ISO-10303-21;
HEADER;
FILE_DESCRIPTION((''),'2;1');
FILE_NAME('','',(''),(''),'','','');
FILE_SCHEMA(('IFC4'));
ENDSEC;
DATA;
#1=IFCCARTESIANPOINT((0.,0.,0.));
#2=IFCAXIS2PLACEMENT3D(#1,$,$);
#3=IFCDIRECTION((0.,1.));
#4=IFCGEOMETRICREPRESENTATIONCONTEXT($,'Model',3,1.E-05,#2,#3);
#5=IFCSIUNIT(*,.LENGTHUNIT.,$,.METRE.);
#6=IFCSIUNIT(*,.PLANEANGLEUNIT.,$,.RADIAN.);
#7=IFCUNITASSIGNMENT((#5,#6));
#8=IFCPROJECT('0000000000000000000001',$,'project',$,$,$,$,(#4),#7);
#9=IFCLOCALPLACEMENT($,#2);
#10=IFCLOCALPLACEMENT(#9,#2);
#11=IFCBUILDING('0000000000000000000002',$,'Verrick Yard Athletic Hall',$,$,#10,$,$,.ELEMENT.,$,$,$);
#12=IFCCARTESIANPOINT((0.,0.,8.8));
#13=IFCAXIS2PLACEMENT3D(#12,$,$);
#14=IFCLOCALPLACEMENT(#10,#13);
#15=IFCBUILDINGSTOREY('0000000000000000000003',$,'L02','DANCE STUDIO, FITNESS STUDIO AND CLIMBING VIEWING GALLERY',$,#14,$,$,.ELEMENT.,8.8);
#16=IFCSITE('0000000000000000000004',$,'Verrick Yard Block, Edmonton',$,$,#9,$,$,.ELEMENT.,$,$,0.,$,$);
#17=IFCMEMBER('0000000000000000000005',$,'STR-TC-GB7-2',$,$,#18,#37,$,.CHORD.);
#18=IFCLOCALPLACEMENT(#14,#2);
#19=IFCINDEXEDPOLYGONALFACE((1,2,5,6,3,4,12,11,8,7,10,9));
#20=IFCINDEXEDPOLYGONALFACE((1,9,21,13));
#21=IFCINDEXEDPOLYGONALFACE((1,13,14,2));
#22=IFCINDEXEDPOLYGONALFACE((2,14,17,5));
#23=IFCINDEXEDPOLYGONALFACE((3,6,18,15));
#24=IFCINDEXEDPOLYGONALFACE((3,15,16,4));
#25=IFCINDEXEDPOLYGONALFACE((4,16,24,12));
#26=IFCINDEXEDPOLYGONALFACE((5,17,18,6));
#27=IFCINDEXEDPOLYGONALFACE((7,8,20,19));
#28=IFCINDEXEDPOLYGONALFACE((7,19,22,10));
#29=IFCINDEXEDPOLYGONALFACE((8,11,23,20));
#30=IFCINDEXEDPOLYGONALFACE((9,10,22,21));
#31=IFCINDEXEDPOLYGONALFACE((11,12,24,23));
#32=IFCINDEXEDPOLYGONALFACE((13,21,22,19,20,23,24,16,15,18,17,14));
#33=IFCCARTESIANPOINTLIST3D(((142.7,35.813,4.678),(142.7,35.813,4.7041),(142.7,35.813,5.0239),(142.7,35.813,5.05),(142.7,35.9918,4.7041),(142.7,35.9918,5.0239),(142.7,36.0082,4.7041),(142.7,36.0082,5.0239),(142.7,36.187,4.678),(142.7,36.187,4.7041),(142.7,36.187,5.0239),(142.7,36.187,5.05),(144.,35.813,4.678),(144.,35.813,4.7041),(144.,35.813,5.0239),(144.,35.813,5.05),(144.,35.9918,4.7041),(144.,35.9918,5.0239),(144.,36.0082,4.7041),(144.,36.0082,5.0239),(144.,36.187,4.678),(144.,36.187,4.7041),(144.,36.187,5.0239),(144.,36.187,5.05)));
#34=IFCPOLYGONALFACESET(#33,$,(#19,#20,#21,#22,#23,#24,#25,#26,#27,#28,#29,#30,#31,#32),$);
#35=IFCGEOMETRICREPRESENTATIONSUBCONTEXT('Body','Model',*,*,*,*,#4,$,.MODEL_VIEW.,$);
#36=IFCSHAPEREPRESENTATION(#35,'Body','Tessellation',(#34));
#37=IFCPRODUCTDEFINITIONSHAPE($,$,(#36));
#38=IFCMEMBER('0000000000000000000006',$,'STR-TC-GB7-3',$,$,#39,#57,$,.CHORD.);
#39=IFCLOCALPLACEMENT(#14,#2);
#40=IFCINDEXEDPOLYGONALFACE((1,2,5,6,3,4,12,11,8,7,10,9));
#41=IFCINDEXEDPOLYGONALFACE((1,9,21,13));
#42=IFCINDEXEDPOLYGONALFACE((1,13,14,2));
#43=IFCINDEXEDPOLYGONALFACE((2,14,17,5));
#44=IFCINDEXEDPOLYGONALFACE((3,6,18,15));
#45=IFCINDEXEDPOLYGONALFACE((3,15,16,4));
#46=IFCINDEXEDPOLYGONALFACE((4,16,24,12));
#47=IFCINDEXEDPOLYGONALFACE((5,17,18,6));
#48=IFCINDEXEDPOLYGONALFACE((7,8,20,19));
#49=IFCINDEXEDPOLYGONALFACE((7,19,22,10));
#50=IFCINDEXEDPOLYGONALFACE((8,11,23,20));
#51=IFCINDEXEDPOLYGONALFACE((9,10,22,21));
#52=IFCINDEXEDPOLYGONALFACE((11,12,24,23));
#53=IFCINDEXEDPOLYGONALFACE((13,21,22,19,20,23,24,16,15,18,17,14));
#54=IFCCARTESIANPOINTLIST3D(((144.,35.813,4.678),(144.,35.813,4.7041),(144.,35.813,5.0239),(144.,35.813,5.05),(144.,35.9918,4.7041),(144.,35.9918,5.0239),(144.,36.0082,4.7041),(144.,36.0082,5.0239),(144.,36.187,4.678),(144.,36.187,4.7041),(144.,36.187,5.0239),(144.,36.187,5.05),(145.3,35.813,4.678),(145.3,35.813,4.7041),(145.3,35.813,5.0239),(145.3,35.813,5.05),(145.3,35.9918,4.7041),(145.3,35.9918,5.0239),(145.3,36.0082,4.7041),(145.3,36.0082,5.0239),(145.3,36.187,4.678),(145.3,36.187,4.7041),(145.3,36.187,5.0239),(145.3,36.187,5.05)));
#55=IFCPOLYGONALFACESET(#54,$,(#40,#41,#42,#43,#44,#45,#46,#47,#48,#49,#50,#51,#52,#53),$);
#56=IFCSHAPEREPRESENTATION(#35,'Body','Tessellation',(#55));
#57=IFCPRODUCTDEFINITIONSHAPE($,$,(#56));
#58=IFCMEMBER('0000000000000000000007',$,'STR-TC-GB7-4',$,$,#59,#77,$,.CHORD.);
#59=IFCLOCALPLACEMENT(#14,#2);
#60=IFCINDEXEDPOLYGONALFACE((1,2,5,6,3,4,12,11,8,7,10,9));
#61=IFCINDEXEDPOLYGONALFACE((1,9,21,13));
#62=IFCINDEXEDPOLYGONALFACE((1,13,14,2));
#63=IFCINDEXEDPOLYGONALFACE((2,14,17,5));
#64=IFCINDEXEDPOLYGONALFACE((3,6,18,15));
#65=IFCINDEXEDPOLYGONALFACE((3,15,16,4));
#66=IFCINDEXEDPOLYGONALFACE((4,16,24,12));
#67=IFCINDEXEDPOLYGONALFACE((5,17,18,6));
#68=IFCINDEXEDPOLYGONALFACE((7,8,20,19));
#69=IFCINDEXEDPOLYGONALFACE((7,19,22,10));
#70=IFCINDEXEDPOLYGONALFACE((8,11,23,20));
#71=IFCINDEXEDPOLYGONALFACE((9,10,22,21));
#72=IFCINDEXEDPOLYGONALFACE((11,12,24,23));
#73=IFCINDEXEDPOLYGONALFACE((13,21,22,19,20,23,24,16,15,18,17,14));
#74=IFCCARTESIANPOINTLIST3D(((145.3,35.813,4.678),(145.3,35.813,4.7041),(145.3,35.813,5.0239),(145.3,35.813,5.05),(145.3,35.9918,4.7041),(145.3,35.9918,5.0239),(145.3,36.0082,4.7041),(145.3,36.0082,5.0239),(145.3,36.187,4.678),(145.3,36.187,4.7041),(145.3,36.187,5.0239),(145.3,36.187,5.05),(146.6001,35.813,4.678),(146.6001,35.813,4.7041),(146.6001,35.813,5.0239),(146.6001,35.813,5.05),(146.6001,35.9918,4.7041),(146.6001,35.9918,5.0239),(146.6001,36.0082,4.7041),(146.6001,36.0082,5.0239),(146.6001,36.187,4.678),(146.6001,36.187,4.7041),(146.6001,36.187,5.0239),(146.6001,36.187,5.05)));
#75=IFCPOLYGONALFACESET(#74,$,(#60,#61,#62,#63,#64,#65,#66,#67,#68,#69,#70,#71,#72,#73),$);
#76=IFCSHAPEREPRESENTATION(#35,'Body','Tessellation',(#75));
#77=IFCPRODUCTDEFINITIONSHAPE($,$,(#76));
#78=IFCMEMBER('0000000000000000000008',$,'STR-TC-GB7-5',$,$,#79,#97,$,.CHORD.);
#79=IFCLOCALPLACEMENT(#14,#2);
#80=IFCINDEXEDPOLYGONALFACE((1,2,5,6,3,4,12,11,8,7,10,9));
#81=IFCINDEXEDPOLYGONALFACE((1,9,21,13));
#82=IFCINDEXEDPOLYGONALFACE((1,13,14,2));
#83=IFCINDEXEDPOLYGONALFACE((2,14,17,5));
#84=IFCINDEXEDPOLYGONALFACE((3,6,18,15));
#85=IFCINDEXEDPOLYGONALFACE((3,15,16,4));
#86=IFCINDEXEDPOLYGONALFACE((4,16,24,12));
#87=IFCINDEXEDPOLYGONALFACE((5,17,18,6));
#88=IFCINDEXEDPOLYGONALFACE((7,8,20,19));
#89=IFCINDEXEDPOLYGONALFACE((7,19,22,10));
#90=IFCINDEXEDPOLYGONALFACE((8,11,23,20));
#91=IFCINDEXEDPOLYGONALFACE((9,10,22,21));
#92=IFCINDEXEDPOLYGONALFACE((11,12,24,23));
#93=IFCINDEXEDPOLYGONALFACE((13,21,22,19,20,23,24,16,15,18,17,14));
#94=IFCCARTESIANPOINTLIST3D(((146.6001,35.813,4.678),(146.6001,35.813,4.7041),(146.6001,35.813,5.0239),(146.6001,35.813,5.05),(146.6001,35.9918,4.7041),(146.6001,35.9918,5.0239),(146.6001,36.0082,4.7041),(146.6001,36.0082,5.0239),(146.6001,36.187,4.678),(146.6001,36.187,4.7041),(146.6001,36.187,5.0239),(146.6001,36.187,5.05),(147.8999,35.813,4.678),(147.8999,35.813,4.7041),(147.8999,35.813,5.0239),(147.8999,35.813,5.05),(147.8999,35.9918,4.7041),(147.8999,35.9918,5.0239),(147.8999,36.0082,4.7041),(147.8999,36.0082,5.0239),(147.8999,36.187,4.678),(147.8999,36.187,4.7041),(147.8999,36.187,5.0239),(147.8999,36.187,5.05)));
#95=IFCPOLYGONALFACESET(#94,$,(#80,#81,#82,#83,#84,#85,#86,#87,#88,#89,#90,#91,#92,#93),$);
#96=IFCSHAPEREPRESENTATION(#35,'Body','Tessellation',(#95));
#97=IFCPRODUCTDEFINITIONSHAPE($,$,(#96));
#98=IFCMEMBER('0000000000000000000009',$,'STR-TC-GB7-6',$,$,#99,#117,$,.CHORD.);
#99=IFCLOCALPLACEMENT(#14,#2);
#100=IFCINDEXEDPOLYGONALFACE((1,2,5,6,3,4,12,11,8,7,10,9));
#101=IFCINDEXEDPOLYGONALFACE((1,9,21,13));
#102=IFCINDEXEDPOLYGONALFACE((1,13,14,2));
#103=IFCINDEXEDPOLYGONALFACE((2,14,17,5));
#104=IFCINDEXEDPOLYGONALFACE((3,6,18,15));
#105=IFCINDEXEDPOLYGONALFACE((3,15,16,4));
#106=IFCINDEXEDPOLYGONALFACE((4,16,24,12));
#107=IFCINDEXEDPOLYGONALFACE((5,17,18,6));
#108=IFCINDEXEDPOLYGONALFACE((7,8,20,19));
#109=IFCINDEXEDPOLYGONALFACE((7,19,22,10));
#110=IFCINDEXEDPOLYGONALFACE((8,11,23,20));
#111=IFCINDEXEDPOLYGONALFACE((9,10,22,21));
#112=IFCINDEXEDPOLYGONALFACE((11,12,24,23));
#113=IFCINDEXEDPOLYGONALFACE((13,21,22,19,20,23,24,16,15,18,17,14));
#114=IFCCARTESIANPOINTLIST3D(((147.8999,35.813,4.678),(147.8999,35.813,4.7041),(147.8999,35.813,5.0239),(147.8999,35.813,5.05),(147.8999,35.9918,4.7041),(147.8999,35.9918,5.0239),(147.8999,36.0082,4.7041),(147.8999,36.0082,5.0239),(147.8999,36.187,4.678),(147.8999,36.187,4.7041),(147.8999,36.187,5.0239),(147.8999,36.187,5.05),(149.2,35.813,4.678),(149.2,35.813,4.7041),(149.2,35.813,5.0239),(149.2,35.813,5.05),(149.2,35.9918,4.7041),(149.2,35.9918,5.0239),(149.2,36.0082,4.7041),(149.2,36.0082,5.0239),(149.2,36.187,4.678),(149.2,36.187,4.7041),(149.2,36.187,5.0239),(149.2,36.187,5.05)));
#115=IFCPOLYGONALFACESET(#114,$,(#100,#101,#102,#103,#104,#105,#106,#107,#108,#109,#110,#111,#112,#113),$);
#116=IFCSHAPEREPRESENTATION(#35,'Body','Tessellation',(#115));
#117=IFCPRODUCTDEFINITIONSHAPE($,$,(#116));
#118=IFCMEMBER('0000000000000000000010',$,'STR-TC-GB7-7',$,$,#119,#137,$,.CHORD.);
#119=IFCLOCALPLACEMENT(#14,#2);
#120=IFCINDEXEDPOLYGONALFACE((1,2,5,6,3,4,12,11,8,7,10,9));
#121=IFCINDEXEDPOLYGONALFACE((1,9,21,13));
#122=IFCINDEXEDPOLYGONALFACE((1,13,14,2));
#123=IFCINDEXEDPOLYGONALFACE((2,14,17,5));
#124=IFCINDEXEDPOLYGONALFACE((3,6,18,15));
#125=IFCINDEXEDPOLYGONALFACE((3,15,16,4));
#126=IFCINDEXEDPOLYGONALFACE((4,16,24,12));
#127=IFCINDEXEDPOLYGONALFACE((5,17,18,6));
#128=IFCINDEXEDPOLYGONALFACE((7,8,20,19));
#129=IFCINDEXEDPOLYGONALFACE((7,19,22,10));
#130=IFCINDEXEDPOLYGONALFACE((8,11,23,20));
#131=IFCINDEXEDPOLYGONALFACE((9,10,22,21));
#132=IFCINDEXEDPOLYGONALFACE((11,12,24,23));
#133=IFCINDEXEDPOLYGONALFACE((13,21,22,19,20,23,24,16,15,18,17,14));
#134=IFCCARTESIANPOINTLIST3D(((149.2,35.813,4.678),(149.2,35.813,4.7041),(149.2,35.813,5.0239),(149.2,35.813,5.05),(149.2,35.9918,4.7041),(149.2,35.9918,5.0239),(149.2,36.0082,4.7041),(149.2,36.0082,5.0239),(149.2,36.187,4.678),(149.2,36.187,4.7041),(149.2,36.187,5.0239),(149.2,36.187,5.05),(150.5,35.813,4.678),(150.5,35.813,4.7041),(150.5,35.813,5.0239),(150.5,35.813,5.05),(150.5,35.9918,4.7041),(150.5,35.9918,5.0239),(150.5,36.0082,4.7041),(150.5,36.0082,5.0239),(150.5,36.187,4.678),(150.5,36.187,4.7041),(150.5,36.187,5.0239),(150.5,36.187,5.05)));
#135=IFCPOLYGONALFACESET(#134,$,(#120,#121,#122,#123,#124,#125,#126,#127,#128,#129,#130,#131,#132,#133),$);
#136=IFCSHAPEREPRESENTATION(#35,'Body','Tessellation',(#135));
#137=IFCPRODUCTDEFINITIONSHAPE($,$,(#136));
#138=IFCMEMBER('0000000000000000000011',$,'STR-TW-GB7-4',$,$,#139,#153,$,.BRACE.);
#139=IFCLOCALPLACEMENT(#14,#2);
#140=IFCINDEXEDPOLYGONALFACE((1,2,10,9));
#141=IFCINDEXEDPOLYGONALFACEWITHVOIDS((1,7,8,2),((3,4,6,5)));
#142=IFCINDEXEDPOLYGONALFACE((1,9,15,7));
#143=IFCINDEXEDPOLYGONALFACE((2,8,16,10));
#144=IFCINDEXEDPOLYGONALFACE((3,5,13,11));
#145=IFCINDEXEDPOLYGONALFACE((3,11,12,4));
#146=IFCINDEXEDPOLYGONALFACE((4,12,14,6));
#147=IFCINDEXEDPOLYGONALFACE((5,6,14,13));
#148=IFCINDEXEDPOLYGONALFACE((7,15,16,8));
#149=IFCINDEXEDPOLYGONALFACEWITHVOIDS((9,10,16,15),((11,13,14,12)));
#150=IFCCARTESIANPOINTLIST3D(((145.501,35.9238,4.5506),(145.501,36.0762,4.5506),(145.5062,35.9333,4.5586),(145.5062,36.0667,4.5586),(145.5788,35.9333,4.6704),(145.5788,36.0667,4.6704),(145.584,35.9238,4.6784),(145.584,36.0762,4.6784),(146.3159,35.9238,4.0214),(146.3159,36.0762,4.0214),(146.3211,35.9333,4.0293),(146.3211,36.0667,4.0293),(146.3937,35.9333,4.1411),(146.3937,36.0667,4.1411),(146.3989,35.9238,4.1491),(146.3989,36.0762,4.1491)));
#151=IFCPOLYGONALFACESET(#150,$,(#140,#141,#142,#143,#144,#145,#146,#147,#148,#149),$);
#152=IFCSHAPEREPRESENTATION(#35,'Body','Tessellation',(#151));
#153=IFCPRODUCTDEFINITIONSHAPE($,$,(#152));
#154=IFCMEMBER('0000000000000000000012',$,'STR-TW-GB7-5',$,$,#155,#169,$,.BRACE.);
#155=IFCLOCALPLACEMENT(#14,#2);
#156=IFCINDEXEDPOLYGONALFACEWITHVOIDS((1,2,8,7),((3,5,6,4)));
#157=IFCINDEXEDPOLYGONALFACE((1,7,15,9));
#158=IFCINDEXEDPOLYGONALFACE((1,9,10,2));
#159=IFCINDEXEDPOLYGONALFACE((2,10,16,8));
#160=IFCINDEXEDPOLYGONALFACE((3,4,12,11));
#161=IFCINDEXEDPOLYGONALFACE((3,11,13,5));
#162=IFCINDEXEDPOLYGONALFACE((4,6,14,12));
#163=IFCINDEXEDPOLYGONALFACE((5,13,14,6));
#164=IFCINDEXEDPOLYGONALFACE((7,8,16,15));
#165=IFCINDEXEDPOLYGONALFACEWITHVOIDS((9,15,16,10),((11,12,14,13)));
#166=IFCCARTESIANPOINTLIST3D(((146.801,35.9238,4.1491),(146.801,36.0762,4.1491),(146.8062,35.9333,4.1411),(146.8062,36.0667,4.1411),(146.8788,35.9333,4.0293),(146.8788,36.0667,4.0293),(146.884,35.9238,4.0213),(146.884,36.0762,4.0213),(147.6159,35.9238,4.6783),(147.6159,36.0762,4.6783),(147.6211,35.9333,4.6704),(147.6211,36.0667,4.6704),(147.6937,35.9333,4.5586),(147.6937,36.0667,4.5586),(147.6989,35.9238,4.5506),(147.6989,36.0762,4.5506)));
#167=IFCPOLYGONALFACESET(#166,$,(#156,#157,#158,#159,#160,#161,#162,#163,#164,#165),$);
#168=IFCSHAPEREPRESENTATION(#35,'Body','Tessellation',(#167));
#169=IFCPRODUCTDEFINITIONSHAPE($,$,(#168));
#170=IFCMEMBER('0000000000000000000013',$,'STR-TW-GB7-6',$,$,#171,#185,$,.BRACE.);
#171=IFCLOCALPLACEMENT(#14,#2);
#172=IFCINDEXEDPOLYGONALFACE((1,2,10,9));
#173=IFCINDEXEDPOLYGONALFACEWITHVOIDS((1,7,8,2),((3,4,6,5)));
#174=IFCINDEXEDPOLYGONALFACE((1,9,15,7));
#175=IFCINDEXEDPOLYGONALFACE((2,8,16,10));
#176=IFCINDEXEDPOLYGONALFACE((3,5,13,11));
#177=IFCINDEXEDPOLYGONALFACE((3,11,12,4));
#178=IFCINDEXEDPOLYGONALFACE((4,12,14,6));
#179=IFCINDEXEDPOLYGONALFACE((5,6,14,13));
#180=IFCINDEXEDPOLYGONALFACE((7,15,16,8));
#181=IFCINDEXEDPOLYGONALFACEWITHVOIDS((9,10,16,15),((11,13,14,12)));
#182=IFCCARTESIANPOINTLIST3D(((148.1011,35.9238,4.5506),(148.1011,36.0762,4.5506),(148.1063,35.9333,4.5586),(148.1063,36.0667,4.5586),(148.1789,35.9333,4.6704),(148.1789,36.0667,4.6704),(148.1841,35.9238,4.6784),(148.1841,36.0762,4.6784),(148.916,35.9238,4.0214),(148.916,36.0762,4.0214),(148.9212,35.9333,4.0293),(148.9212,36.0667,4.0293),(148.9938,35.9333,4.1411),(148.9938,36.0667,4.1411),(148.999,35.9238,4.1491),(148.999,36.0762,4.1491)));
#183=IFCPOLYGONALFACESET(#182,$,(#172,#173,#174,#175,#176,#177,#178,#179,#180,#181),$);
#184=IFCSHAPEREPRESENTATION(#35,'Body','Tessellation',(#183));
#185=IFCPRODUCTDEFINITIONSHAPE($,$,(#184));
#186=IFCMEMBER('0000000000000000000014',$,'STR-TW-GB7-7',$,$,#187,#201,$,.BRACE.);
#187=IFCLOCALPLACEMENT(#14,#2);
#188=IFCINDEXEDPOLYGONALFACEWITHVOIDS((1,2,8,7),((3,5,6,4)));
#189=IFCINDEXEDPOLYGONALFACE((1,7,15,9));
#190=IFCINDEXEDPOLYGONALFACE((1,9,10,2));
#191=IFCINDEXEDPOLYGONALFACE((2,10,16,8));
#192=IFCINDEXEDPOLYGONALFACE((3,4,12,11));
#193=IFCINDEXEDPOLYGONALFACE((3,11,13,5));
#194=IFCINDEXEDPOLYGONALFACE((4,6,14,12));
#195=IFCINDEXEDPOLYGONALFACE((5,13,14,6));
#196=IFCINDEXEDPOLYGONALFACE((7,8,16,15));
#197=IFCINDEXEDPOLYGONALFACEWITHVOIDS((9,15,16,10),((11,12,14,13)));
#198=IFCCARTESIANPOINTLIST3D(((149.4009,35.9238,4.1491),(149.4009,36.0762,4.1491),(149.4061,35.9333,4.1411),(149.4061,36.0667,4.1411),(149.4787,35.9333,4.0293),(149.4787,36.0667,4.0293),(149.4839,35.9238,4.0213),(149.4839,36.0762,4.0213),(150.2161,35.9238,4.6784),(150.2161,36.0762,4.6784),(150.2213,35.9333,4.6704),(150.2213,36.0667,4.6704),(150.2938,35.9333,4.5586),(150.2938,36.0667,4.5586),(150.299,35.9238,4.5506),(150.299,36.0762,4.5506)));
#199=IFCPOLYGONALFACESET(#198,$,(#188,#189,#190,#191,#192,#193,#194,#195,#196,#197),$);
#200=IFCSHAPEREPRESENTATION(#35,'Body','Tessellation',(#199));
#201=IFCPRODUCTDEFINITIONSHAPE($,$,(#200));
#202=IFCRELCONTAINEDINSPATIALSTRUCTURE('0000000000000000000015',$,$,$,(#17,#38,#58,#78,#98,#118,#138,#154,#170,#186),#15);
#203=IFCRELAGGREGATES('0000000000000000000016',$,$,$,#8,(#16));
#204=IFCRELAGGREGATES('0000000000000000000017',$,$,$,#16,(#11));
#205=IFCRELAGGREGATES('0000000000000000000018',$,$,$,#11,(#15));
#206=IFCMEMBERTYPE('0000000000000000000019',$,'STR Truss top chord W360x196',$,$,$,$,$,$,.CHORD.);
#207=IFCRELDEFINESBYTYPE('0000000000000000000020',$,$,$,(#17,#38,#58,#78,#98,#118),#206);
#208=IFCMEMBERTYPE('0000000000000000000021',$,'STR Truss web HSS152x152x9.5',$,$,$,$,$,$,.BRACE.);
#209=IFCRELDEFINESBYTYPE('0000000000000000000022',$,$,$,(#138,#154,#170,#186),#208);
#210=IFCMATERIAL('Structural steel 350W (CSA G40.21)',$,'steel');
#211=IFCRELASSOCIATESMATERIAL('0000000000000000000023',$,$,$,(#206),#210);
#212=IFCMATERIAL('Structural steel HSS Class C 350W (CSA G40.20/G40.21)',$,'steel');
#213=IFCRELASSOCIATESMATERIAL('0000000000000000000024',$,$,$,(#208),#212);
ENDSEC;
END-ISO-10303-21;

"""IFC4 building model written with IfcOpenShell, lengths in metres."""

from ifc_helpers import new_model, si_unit, direction, frame, origin, origin_2d, place, context, subcontext, project, spatial, hollow_rectangle, i_section, extrude, material, material_profile, profile_set, type_object, element, save


model = new_model("IFC4")

# Units and contexts
model_context = context("Model", 3, precision=1e-05, world=origin(), true_north=direction((0.0, 1.0)))
body_context = subcontext(model_context, "Body", "Model", "MODEL_VIEW")
ifc_project = project(units=[si_unit("LENGTHUNIT", "METRE"), si_unit("PLANEANGLEUNIT", "RADIAN")], contexts=[model_context])

# Site, building, storey
site_placement = place(None, origin())
site = spatial("IfcSite", under=ifc_project, at=site_placement, Name="Verrick Yard Block, Edmonton", CompositionType="ELEMENT", RefElevation=0.0)
building_placement = place(site_placement, origin())
building = spatial("IfcBuilding", under=site, at=building_placement, Name="Verrick Yard Athletic Hall", CompositionType="ELEMENT")
storey_placement = place(building_placement, frame((0.0, 0.0, 8.8)))
storey = spatial("IfcBuildingStorey", under=building, at=storey_placement, Name="L02", Description="DANCE STUDIO, FITNESS STUDIO AND CLIMBING VIEWING GALLERY", CompositionType="ELEMENT", Elevation=8.8)

# Shared definitions
ifc_material_1 = material(Name="Structural steel 350W (CSA G40.21)", Category="steel")

# Members
ifc_material_2 = material(Name="Structural steel HSS Class C 350W (CSA G40.20/G40.21)", Category="steel")
ifc_material_profile_1 = material_profile(ifc_material_1, i_section(OverallWidth=0.374, OverallDepth=0.3721, WebThickness=0.0164, FlangeThickness=0.0261, at=origin_2d()), Name="W360x196")
ifc_profile_set_1 = profile_set([ifc_material_profile_1], Name="Structural steel 350W (CSA G40.21)")
member_type_1 = type_object("IfcMemberType", Name="STR Truss top chord W360x196", PredefinedType="CHORD", material=ifc_profile_set_1)
for number, where, z_axis, x_axis, name in (
    (1, (142.7, 36.0, 4.864), (1.0, 0.0, 0.0), (0.0, 1.0, 0.0), "STR-TC-GB7-2"),
    (2, (144.0, 36.0, 4.864), (1.0, 0.0, 0.0), (0.0, 1.0, 0.0), "STR-TC-GB7-3"),
    (3, (145.3, 36.0, 4.864), (1.0, 0.0, 0.0), (0.0, 1.0, 0.0), "STR-TC-GB7-4"),
):
    element("IfcMember", number, at=place(storey_placement, frame(where, z_axis=z_axis, x_axis=x_axis)), inside=storey, type_object=member_type_1, Name=name, PredefinedType="CHORD", context=body_context, shape_type="SweptSolid", body=[
        extrude(i_section(OverallWidth=0.374, OverallDepth=0.3721, WebThickness=0.0164, FlangeThickness=0.0261, at=origin_2d()), origin(), (0.0, 0.0, 1.0), 1.3),
    ])
member_1_placement = place(storey_placement, frame((146.6001, 36.0, 4.864), z_axis=(1.0, 0.0, 0.0), x_axis=(0.0, 1.0, 0.0)))
element("IfcMember", 4, at=member_1_placement, inside=storey, type_object=member_type_1, Name="STR-TC-GB7-5", PredefinedType="CHORD", context=body_context, shape_type="SweptSolid", body=[
    extrude(i_section(OverallWidth=0.374, OverallDepth=0.3721, WebThickness=0.0164, FlangeThickness=0.0261, at=origin_2d()), origin(), (0.0, 0.0, 1.0), 1.2998),
])
for number, where, z_axis, x_axis, name in (
    (5, (147.8999, 36.0, 4.864), (1.0, 0.0, 0.0), (0.0, 1.0, 0.0), "STR-TC-GB7-6"),
    (6, (149.2, 36.0, 4.864), (1.0, 0.0, 0.0), (0.0, 1.0, 0.0), "STR-TC-GB7-7"),
):
    element("IfcMember", number, at=place(storey_placement, frame(where, z_axis=z_axis, x_axis=x_axis)), inside=storey, type_object=member_type_1, Name=name, PredefinedType="CHORD", context=body_context, shape_type="SweptSolid", body=[
        extrude(i_section(OverallWidth=0.374, OverallDepth=0.3721, WebThickness=0.0164, FlangeThickness=0.0261, at=origin_2d()), origin(), (0.0, 0.0, 1.0), 1.3),
    ])
ifc_material_profile_2 = material_profile(ifc_material_2, hollow_rectangle(XDim=0.1523, YDim=0.1523, WallThickness=0.0095, at=origin_2d()), Name="HSS152x152x9.5")
ifc_profile_set_2 = profile_set([ifc_material_profile_2], Name="Structural steel HSS Class C 350W (CSA G40.20/G40.21)")
member_type_2 = type_object("IfcMemberType", Name="STR Truss web HSS152x152x9.5", PredefinedType="BRACE", material=ifc_profile_set_2)
for number, where, z_axis, x_axis, name in (
    (7, (145.5425, 36.0, 4.6145), (0.838639, 0.0, -0.544688), (0.0, 1.0, 0.0), "STR-TW-GB7-4"),
    (8, (146.8425, 36.0, 4.0852), (0.838639, 0.0, 0.544688), (0.0, 1.0, 0.0), "STR-TW-GB7-5"),
    (9, (148.1426, 36.0, 4.6145), (0.838639, 0.0, -0.544688), (0.0, 1.0, 0.0), "STR-TW-GB7-6"),
):
    element("IfcMember", number, at=place(storey_placement, frame(where, z_axis=z_axis, x_axis=x_axis)), inside=storey, type_object=member_type_2, Name=name, PredefinedType="BRACE", context=body_context, shape_type="SweptSolid", body=[
        extrude(hollow_rectangle(XDim=0.1523, YDim=0.1523, WallThickness=0.0095, at=origin_2d()), origin(), (0.0, 0.0, 1.0), 0.9717),
    ])
member_2_placement = place(storey_placement, frame((149.4424, 36.0, 4.0852), z_axis=(0.838713, 0.0, 0.544573), x_axis=(0.0, 1.0, 0.0)))
element("IfcMember", 10, at=member_2_placement, inside=storey, type_object=member_type_2, Name="STR-TW-GB7-7", PredefinedType="BRACE", context=body_context, shape_type="SweptSolid", body=[
    extrude(hollow_rectangle(XDim=0.1523, YDim=0.1523, WallThickness=0.0095, at=origin_2d()), origin(), (0.0, 0.0, 1.0), 0.9719),
])

save(model, "model.ifc")
